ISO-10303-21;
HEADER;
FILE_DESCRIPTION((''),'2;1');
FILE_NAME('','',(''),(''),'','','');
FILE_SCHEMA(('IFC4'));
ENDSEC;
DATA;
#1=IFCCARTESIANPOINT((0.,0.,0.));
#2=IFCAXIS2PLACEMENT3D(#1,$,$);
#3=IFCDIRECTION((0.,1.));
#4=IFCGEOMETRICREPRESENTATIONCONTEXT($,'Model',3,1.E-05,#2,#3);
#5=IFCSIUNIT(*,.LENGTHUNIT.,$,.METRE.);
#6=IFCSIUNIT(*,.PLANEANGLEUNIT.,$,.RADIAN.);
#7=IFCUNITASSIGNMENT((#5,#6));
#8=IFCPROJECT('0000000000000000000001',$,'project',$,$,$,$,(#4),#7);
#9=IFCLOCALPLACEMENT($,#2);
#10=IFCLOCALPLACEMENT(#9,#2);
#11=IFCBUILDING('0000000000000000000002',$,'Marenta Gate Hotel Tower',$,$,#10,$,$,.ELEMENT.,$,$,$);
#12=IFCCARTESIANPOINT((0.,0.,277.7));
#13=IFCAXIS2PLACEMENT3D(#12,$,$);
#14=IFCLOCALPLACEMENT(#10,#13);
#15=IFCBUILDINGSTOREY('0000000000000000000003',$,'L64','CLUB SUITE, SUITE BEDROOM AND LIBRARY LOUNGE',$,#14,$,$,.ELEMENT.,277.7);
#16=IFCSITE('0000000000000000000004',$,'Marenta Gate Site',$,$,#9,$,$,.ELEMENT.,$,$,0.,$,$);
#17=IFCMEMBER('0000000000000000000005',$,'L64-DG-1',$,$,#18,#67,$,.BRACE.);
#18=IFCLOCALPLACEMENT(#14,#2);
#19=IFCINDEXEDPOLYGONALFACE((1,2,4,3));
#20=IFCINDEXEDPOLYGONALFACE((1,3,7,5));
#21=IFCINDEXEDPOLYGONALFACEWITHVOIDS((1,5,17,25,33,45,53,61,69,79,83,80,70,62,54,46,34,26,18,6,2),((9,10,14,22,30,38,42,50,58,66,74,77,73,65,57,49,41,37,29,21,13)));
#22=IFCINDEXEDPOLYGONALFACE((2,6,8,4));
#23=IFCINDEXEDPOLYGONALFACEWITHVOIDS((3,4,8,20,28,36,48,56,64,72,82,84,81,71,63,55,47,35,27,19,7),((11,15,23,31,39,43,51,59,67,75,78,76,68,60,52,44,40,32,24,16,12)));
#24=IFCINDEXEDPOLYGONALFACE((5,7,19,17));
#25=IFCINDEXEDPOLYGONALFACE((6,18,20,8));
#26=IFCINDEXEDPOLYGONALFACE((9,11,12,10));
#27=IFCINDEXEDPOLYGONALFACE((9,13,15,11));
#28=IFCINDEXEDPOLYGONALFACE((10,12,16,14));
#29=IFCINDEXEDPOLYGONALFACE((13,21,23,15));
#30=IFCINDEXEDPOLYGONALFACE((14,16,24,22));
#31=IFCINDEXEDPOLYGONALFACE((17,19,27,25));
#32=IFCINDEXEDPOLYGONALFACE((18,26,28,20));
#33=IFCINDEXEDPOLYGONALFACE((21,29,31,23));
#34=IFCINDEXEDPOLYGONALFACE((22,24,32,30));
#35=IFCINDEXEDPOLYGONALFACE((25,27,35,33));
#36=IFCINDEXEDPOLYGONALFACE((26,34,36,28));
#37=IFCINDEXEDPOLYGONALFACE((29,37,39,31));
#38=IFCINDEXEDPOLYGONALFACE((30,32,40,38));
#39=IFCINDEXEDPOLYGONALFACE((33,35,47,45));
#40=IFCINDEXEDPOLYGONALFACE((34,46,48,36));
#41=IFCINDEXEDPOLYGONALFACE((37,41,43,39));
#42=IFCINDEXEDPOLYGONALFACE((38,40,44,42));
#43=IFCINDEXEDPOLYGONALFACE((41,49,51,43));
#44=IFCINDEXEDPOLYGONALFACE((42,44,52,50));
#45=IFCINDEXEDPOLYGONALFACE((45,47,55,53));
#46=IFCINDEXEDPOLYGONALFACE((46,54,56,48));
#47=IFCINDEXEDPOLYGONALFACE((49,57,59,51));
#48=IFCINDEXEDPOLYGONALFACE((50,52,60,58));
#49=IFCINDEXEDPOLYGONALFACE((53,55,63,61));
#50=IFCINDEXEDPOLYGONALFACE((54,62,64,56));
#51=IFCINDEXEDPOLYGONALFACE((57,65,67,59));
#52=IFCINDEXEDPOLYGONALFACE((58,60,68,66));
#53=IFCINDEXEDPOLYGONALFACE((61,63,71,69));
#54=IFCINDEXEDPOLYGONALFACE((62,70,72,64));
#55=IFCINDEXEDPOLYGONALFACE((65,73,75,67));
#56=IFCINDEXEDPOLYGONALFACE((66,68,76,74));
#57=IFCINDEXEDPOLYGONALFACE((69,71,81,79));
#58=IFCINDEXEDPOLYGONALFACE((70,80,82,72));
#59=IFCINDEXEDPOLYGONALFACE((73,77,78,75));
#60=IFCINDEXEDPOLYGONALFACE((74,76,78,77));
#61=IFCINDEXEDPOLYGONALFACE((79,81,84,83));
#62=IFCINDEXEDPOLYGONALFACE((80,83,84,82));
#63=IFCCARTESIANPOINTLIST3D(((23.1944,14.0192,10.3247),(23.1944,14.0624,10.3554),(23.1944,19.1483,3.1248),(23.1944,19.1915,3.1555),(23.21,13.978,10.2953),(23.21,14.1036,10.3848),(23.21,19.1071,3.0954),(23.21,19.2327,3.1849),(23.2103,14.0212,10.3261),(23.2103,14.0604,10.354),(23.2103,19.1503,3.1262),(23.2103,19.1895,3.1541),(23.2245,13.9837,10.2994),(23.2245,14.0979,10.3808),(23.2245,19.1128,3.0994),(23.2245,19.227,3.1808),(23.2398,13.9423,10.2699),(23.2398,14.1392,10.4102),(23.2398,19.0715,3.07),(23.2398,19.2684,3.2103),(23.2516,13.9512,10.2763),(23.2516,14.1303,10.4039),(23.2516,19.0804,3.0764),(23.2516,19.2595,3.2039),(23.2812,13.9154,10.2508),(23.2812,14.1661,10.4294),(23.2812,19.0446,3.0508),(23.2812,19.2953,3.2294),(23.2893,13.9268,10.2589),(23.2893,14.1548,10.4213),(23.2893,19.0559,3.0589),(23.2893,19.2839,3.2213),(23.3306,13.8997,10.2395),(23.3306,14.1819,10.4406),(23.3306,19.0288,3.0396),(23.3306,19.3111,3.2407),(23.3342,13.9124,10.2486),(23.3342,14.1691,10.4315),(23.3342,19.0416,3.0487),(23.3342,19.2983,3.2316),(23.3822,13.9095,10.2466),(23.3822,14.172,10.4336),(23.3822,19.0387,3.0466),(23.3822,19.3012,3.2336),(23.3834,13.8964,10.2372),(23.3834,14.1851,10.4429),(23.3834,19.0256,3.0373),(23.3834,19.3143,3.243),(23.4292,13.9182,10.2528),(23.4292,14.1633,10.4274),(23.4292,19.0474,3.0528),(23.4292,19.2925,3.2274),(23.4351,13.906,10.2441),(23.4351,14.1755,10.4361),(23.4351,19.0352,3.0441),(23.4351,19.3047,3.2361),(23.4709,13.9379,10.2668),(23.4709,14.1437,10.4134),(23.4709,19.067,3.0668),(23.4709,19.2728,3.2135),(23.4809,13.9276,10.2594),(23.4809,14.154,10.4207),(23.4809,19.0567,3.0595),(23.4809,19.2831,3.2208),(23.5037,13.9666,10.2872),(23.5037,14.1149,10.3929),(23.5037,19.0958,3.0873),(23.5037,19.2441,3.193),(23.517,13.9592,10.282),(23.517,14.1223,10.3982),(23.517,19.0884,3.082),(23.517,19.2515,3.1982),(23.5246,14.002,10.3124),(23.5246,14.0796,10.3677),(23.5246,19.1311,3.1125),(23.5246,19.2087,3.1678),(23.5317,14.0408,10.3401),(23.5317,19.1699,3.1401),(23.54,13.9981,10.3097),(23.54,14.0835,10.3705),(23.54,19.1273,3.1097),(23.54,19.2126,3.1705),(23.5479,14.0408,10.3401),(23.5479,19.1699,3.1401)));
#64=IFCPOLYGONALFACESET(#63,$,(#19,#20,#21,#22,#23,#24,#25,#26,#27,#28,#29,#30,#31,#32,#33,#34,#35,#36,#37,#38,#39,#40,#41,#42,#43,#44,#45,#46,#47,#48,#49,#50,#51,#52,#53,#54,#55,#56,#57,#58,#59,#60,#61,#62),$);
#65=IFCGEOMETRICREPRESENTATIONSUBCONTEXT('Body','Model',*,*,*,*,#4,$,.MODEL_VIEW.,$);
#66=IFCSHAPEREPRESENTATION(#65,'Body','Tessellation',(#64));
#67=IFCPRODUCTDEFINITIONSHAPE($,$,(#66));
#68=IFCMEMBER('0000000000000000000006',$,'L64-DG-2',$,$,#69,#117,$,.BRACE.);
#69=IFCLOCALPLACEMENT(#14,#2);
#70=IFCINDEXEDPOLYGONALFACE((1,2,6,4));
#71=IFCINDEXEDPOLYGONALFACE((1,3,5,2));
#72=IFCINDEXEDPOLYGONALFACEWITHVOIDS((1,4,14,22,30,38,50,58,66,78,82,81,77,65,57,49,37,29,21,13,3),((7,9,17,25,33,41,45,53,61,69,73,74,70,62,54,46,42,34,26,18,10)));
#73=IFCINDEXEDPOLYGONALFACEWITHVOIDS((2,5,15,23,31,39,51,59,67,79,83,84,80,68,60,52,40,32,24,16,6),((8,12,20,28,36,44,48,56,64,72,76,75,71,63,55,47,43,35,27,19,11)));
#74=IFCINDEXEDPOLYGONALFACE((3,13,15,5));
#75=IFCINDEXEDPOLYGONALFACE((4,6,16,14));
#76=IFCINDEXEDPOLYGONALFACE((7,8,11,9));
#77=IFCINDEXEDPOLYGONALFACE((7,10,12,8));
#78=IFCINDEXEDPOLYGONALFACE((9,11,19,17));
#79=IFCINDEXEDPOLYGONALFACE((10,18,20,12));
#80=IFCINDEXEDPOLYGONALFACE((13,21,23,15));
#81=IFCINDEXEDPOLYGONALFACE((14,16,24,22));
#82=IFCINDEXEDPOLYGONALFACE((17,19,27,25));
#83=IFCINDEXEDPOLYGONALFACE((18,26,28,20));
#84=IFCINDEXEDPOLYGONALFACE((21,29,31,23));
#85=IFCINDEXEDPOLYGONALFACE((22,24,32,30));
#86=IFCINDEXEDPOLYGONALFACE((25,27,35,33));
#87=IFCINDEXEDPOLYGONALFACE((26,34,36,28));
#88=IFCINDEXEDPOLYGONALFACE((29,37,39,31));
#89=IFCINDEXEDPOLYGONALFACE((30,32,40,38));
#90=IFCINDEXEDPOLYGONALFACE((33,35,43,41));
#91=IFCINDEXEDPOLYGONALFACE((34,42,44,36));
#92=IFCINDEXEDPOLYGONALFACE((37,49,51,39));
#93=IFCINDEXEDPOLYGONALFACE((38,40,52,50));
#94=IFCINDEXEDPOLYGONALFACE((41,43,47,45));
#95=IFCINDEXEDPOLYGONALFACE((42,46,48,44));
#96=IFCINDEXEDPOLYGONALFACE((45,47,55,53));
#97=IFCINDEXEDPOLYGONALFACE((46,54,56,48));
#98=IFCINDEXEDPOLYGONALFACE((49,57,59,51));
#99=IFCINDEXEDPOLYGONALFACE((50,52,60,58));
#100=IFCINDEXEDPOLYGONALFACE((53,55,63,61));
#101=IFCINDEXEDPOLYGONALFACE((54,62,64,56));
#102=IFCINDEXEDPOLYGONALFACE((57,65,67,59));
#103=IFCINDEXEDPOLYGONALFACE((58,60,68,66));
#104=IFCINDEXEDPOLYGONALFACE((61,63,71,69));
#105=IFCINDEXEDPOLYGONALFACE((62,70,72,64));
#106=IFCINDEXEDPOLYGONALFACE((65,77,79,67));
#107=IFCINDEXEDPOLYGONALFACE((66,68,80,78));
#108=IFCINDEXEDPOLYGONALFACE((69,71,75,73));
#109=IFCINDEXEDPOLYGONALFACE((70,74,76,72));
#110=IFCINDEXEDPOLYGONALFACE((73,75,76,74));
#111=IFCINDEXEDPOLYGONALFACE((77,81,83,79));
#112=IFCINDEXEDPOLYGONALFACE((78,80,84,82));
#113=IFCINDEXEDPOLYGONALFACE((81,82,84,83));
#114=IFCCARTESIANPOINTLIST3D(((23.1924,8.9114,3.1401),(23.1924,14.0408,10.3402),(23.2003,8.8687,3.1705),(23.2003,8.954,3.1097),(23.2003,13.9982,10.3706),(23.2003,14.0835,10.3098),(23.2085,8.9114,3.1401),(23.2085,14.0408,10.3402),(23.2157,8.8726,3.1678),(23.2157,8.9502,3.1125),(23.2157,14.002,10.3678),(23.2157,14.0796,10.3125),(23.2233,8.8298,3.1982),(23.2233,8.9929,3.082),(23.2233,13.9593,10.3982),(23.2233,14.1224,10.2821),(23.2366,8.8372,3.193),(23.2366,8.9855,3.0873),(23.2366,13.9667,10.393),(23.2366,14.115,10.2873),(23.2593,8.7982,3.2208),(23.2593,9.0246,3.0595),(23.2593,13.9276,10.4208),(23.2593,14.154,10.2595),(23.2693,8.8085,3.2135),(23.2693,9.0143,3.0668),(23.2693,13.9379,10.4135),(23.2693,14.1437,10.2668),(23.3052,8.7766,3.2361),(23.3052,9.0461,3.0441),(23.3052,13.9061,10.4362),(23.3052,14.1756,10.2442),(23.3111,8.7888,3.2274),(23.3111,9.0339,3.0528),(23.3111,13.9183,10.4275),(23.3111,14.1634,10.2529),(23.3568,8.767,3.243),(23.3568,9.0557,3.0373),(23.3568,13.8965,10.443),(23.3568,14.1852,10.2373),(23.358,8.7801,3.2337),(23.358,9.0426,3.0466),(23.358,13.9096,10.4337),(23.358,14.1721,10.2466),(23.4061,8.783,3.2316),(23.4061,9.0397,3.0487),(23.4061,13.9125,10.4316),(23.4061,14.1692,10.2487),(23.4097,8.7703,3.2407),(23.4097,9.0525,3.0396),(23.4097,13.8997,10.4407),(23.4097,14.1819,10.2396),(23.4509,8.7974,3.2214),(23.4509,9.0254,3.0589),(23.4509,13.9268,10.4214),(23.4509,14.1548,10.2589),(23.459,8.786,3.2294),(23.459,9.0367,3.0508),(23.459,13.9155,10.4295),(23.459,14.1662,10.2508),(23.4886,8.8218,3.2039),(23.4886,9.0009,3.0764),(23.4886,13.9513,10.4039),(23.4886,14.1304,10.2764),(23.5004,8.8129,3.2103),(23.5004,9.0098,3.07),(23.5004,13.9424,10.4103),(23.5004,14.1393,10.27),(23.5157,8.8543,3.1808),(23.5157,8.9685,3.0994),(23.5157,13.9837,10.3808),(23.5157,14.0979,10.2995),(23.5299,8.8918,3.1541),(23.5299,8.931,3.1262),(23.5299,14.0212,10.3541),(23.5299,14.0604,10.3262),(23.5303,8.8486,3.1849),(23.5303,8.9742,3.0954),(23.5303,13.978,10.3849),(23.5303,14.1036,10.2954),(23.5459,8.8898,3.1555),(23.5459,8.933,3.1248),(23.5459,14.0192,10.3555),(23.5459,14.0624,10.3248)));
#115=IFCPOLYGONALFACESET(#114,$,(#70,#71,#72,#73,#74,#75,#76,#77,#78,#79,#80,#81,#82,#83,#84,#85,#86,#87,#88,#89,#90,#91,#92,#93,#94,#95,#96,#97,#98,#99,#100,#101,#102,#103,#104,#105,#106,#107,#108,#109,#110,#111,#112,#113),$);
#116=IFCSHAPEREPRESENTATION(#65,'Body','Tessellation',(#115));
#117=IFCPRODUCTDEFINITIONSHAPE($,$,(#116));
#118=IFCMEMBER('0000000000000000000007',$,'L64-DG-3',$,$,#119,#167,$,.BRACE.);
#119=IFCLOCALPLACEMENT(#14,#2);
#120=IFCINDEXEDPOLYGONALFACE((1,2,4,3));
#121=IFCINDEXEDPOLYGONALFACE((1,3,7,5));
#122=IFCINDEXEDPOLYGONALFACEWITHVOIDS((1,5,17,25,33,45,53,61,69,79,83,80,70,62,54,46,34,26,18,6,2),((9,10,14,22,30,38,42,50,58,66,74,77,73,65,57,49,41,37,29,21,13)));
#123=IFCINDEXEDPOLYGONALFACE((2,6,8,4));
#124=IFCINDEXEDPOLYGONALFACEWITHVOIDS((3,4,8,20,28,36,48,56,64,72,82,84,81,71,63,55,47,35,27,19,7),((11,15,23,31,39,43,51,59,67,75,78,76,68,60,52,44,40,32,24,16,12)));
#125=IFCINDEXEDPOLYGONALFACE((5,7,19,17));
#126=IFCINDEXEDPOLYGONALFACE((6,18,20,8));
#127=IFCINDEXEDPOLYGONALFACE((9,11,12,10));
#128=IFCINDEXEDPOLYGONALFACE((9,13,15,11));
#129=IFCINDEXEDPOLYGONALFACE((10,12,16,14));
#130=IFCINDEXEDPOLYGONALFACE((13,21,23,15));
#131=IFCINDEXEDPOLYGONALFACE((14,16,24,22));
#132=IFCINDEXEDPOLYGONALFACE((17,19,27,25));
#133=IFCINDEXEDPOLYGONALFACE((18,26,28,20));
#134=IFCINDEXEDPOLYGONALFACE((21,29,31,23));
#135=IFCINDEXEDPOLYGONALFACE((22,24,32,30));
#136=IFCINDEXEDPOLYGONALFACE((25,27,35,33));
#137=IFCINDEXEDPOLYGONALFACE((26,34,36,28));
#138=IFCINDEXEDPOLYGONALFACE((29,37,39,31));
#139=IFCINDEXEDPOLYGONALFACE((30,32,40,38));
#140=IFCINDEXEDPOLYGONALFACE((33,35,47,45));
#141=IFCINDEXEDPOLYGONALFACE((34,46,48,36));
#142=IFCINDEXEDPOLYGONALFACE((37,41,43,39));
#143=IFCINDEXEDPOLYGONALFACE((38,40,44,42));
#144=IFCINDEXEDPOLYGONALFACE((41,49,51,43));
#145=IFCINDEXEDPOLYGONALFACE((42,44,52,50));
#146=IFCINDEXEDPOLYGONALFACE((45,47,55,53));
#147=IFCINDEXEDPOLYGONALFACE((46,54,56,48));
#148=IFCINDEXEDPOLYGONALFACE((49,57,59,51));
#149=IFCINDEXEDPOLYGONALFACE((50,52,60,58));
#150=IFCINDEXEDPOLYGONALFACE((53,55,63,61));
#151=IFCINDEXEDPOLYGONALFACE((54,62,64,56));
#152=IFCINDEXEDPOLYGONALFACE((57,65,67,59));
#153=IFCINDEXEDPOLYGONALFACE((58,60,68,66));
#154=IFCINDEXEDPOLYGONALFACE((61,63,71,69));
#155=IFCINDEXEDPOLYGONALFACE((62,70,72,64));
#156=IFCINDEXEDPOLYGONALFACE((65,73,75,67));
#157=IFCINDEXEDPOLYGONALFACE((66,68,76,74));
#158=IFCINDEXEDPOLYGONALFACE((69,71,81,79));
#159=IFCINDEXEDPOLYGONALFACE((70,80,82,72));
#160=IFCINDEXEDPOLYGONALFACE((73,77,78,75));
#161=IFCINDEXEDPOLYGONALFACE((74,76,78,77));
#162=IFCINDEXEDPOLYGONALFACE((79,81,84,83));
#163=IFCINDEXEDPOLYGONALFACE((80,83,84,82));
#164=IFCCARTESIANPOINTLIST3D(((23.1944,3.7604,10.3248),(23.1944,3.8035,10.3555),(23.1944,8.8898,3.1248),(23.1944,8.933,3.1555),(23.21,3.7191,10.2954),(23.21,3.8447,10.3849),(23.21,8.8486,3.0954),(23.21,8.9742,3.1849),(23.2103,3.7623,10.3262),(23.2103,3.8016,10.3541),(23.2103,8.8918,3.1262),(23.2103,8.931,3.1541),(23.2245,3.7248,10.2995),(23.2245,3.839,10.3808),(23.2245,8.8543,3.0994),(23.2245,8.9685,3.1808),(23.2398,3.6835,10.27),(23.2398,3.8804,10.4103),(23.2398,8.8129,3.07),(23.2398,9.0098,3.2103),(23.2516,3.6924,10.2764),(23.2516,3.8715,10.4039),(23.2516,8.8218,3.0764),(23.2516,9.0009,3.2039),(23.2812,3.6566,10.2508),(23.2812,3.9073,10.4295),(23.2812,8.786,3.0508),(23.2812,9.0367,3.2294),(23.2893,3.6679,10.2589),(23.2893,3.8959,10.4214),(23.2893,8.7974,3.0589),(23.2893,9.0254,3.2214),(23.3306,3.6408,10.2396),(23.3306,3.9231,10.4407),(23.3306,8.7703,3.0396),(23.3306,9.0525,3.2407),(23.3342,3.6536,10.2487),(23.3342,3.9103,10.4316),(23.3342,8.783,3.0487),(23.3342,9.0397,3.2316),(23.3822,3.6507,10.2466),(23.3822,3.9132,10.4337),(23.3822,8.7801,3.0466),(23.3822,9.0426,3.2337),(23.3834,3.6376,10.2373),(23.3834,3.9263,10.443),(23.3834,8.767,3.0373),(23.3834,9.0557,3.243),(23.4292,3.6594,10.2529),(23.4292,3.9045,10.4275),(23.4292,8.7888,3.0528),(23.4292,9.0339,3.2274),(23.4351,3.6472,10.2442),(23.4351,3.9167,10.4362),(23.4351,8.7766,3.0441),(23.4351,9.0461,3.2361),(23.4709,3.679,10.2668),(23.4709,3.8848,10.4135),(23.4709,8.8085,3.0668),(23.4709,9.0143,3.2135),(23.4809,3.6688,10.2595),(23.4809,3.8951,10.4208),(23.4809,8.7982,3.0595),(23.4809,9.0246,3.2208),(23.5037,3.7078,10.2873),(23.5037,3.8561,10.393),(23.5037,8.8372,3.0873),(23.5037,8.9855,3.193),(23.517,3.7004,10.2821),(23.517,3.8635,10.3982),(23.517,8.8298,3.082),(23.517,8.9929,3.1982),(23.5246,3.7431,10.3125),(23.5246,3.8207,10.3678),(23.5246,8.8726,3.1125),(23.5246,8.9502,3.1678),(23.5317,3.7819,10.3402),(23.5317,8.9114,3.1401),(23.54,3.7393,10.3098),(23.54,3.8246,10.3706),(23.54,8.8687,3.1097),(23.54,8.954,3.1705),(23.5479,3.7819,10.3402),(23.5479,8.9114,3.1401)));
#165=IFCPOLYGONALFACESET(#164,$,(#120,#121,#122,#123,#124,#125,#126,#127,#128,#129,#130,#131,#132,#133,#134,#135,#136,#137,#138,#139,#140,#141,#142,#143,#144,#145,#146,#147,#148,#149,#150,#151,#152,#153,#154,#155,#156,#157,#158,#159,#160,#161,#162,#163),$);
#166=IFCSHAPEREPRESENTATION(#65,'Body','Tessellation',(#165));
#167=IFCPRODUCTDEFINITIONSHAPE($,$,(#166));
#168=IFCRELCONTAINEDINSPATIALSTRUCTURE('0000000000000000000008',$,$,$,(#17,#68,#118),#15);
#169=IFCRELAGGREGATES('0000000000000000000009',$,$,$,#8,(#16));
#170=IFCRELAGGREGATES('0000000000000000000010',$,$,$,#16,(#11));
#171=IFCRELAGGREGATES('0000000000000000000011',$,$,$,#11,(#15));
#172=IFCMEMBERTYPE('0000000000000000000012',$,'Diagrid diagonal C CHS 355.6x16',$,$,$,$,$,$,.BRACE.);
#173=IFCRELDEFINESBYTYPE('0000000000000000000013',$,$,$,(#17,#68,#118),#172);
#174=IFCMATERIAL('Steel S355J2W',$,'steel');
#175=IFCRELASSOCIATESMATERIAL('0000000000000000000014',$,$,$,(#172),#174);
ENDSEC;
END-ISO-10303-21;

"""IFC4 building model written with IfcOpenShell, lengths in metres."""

from ifc_helpers import new_model, si_unit, direction, frame, origin, origin_2d, place, context, subcontext, project, spatial, hollow_circle, extrude, material, material_profile, profile_set, type_object, element, save


model = new_model("IFC4")

# Units and contexts
model_context = context("Model", 3, precision=1e-05, world=origin(), true_north=direction((0.0, 1.0)))
body_context = subcontext(model_context, "Body", "Model", "MODEL_VIEW")
ifc_project = project(units=[si_unit("LENGTHUNIT", "METRE"), si_unit("PLANEANGLEUNIT", "RADIAN")], contexts=[model_context])

# Site, building, storey
site_placement = place(None, origin())
site = spatial("IfcSite", under=ifc_project, at=site_placement, Name="Marenta Gate Site", CompositionType="ELEMENT", RefElevation=0.0)
building_placement = place(site_placement, origin())
building = spatial("IfcBuilding", under=site, at=building_placement, Name="Marenta Gate Hotel Tower", CompositionType="ELEMENT")
storey_placement = place(building_placement, frame((0.0, 0.0, 277.7)))
storey = spatial("IfcBuildingStorey", under=building, at=storey_placement, Name="L64", Description="CLUB SUITE, SUITE BEDROOM AND LIBRARY LOUNGE", CompositionType="ELEMENT", Elevation=277.7)

# Members
ifc_material_1 = material(Name="Steel S355J2W", Category="steel")
ifc_material_profile_1 = material_profile(ifc_material_1, hollow_circle(Radius=0.1777, WallThickness=0.0161, at=origin_2d()), Name="CHS 355.6x16")
ifc_profile_set_1 = profile_set([ifc_material_profile_1], Name="Steel S355J2W")
member_type_1 = type_object("IfcMemberType", Name="Diagrid diagonal C CHS 355.6x16", PredefinedType="BRACE", material=ifc_profile_set_1)
member_1_placement = place(storey_placement, frame((23.3701, 19.1699, 3.1401), z_axis=(0.0, -0.580214, 0.814464), x_axis=(1.0, 0.0, 0.0)))
element("IfcMember", 1, at=member_1_placement, inside=storey, type_object=member_type_1, Name="L64-DG-1", PredefinedType="BRACE", context=body_context, shape_type="SweptSolid", body=[
    extrude(hollow_circle(Radius=0.1777, WallThickness=0.0161, at=origin_2d()), origin(), (0.0, 0.0, 1.0), 8.8401),
])
for number, where, z_axis, x_axis, name in (
    (2, (23.3701, 8.9114, 3.1401), (0.0, 0.580232, 0.814451), (-1.0, 0.0, 0.0), "L64-DG-2"),
    (3, (23.3701, 8.9114, 3.1401), (0.0, -0.580232, 0.814451), (1.0, 0.0, 0.0), "L64-DG-3"),
):
    element("IfcMember", number, at=place(storey_placement, frame(where, z_axis=z_axis, x_axis=x_axis)), inside=storey, type_object=member_type_1, Name=name, PredefinedType="BRACE", context=body_context, shape_type="SweptSolid", body=[
        extrude(hollow_circle(Radius=0.1777, WallThickness=0.0161, at=origin_2d()), origin(), (0.0, 0.0, 1.0), 8.8403),
    ])

save(model, "model.ifc")
